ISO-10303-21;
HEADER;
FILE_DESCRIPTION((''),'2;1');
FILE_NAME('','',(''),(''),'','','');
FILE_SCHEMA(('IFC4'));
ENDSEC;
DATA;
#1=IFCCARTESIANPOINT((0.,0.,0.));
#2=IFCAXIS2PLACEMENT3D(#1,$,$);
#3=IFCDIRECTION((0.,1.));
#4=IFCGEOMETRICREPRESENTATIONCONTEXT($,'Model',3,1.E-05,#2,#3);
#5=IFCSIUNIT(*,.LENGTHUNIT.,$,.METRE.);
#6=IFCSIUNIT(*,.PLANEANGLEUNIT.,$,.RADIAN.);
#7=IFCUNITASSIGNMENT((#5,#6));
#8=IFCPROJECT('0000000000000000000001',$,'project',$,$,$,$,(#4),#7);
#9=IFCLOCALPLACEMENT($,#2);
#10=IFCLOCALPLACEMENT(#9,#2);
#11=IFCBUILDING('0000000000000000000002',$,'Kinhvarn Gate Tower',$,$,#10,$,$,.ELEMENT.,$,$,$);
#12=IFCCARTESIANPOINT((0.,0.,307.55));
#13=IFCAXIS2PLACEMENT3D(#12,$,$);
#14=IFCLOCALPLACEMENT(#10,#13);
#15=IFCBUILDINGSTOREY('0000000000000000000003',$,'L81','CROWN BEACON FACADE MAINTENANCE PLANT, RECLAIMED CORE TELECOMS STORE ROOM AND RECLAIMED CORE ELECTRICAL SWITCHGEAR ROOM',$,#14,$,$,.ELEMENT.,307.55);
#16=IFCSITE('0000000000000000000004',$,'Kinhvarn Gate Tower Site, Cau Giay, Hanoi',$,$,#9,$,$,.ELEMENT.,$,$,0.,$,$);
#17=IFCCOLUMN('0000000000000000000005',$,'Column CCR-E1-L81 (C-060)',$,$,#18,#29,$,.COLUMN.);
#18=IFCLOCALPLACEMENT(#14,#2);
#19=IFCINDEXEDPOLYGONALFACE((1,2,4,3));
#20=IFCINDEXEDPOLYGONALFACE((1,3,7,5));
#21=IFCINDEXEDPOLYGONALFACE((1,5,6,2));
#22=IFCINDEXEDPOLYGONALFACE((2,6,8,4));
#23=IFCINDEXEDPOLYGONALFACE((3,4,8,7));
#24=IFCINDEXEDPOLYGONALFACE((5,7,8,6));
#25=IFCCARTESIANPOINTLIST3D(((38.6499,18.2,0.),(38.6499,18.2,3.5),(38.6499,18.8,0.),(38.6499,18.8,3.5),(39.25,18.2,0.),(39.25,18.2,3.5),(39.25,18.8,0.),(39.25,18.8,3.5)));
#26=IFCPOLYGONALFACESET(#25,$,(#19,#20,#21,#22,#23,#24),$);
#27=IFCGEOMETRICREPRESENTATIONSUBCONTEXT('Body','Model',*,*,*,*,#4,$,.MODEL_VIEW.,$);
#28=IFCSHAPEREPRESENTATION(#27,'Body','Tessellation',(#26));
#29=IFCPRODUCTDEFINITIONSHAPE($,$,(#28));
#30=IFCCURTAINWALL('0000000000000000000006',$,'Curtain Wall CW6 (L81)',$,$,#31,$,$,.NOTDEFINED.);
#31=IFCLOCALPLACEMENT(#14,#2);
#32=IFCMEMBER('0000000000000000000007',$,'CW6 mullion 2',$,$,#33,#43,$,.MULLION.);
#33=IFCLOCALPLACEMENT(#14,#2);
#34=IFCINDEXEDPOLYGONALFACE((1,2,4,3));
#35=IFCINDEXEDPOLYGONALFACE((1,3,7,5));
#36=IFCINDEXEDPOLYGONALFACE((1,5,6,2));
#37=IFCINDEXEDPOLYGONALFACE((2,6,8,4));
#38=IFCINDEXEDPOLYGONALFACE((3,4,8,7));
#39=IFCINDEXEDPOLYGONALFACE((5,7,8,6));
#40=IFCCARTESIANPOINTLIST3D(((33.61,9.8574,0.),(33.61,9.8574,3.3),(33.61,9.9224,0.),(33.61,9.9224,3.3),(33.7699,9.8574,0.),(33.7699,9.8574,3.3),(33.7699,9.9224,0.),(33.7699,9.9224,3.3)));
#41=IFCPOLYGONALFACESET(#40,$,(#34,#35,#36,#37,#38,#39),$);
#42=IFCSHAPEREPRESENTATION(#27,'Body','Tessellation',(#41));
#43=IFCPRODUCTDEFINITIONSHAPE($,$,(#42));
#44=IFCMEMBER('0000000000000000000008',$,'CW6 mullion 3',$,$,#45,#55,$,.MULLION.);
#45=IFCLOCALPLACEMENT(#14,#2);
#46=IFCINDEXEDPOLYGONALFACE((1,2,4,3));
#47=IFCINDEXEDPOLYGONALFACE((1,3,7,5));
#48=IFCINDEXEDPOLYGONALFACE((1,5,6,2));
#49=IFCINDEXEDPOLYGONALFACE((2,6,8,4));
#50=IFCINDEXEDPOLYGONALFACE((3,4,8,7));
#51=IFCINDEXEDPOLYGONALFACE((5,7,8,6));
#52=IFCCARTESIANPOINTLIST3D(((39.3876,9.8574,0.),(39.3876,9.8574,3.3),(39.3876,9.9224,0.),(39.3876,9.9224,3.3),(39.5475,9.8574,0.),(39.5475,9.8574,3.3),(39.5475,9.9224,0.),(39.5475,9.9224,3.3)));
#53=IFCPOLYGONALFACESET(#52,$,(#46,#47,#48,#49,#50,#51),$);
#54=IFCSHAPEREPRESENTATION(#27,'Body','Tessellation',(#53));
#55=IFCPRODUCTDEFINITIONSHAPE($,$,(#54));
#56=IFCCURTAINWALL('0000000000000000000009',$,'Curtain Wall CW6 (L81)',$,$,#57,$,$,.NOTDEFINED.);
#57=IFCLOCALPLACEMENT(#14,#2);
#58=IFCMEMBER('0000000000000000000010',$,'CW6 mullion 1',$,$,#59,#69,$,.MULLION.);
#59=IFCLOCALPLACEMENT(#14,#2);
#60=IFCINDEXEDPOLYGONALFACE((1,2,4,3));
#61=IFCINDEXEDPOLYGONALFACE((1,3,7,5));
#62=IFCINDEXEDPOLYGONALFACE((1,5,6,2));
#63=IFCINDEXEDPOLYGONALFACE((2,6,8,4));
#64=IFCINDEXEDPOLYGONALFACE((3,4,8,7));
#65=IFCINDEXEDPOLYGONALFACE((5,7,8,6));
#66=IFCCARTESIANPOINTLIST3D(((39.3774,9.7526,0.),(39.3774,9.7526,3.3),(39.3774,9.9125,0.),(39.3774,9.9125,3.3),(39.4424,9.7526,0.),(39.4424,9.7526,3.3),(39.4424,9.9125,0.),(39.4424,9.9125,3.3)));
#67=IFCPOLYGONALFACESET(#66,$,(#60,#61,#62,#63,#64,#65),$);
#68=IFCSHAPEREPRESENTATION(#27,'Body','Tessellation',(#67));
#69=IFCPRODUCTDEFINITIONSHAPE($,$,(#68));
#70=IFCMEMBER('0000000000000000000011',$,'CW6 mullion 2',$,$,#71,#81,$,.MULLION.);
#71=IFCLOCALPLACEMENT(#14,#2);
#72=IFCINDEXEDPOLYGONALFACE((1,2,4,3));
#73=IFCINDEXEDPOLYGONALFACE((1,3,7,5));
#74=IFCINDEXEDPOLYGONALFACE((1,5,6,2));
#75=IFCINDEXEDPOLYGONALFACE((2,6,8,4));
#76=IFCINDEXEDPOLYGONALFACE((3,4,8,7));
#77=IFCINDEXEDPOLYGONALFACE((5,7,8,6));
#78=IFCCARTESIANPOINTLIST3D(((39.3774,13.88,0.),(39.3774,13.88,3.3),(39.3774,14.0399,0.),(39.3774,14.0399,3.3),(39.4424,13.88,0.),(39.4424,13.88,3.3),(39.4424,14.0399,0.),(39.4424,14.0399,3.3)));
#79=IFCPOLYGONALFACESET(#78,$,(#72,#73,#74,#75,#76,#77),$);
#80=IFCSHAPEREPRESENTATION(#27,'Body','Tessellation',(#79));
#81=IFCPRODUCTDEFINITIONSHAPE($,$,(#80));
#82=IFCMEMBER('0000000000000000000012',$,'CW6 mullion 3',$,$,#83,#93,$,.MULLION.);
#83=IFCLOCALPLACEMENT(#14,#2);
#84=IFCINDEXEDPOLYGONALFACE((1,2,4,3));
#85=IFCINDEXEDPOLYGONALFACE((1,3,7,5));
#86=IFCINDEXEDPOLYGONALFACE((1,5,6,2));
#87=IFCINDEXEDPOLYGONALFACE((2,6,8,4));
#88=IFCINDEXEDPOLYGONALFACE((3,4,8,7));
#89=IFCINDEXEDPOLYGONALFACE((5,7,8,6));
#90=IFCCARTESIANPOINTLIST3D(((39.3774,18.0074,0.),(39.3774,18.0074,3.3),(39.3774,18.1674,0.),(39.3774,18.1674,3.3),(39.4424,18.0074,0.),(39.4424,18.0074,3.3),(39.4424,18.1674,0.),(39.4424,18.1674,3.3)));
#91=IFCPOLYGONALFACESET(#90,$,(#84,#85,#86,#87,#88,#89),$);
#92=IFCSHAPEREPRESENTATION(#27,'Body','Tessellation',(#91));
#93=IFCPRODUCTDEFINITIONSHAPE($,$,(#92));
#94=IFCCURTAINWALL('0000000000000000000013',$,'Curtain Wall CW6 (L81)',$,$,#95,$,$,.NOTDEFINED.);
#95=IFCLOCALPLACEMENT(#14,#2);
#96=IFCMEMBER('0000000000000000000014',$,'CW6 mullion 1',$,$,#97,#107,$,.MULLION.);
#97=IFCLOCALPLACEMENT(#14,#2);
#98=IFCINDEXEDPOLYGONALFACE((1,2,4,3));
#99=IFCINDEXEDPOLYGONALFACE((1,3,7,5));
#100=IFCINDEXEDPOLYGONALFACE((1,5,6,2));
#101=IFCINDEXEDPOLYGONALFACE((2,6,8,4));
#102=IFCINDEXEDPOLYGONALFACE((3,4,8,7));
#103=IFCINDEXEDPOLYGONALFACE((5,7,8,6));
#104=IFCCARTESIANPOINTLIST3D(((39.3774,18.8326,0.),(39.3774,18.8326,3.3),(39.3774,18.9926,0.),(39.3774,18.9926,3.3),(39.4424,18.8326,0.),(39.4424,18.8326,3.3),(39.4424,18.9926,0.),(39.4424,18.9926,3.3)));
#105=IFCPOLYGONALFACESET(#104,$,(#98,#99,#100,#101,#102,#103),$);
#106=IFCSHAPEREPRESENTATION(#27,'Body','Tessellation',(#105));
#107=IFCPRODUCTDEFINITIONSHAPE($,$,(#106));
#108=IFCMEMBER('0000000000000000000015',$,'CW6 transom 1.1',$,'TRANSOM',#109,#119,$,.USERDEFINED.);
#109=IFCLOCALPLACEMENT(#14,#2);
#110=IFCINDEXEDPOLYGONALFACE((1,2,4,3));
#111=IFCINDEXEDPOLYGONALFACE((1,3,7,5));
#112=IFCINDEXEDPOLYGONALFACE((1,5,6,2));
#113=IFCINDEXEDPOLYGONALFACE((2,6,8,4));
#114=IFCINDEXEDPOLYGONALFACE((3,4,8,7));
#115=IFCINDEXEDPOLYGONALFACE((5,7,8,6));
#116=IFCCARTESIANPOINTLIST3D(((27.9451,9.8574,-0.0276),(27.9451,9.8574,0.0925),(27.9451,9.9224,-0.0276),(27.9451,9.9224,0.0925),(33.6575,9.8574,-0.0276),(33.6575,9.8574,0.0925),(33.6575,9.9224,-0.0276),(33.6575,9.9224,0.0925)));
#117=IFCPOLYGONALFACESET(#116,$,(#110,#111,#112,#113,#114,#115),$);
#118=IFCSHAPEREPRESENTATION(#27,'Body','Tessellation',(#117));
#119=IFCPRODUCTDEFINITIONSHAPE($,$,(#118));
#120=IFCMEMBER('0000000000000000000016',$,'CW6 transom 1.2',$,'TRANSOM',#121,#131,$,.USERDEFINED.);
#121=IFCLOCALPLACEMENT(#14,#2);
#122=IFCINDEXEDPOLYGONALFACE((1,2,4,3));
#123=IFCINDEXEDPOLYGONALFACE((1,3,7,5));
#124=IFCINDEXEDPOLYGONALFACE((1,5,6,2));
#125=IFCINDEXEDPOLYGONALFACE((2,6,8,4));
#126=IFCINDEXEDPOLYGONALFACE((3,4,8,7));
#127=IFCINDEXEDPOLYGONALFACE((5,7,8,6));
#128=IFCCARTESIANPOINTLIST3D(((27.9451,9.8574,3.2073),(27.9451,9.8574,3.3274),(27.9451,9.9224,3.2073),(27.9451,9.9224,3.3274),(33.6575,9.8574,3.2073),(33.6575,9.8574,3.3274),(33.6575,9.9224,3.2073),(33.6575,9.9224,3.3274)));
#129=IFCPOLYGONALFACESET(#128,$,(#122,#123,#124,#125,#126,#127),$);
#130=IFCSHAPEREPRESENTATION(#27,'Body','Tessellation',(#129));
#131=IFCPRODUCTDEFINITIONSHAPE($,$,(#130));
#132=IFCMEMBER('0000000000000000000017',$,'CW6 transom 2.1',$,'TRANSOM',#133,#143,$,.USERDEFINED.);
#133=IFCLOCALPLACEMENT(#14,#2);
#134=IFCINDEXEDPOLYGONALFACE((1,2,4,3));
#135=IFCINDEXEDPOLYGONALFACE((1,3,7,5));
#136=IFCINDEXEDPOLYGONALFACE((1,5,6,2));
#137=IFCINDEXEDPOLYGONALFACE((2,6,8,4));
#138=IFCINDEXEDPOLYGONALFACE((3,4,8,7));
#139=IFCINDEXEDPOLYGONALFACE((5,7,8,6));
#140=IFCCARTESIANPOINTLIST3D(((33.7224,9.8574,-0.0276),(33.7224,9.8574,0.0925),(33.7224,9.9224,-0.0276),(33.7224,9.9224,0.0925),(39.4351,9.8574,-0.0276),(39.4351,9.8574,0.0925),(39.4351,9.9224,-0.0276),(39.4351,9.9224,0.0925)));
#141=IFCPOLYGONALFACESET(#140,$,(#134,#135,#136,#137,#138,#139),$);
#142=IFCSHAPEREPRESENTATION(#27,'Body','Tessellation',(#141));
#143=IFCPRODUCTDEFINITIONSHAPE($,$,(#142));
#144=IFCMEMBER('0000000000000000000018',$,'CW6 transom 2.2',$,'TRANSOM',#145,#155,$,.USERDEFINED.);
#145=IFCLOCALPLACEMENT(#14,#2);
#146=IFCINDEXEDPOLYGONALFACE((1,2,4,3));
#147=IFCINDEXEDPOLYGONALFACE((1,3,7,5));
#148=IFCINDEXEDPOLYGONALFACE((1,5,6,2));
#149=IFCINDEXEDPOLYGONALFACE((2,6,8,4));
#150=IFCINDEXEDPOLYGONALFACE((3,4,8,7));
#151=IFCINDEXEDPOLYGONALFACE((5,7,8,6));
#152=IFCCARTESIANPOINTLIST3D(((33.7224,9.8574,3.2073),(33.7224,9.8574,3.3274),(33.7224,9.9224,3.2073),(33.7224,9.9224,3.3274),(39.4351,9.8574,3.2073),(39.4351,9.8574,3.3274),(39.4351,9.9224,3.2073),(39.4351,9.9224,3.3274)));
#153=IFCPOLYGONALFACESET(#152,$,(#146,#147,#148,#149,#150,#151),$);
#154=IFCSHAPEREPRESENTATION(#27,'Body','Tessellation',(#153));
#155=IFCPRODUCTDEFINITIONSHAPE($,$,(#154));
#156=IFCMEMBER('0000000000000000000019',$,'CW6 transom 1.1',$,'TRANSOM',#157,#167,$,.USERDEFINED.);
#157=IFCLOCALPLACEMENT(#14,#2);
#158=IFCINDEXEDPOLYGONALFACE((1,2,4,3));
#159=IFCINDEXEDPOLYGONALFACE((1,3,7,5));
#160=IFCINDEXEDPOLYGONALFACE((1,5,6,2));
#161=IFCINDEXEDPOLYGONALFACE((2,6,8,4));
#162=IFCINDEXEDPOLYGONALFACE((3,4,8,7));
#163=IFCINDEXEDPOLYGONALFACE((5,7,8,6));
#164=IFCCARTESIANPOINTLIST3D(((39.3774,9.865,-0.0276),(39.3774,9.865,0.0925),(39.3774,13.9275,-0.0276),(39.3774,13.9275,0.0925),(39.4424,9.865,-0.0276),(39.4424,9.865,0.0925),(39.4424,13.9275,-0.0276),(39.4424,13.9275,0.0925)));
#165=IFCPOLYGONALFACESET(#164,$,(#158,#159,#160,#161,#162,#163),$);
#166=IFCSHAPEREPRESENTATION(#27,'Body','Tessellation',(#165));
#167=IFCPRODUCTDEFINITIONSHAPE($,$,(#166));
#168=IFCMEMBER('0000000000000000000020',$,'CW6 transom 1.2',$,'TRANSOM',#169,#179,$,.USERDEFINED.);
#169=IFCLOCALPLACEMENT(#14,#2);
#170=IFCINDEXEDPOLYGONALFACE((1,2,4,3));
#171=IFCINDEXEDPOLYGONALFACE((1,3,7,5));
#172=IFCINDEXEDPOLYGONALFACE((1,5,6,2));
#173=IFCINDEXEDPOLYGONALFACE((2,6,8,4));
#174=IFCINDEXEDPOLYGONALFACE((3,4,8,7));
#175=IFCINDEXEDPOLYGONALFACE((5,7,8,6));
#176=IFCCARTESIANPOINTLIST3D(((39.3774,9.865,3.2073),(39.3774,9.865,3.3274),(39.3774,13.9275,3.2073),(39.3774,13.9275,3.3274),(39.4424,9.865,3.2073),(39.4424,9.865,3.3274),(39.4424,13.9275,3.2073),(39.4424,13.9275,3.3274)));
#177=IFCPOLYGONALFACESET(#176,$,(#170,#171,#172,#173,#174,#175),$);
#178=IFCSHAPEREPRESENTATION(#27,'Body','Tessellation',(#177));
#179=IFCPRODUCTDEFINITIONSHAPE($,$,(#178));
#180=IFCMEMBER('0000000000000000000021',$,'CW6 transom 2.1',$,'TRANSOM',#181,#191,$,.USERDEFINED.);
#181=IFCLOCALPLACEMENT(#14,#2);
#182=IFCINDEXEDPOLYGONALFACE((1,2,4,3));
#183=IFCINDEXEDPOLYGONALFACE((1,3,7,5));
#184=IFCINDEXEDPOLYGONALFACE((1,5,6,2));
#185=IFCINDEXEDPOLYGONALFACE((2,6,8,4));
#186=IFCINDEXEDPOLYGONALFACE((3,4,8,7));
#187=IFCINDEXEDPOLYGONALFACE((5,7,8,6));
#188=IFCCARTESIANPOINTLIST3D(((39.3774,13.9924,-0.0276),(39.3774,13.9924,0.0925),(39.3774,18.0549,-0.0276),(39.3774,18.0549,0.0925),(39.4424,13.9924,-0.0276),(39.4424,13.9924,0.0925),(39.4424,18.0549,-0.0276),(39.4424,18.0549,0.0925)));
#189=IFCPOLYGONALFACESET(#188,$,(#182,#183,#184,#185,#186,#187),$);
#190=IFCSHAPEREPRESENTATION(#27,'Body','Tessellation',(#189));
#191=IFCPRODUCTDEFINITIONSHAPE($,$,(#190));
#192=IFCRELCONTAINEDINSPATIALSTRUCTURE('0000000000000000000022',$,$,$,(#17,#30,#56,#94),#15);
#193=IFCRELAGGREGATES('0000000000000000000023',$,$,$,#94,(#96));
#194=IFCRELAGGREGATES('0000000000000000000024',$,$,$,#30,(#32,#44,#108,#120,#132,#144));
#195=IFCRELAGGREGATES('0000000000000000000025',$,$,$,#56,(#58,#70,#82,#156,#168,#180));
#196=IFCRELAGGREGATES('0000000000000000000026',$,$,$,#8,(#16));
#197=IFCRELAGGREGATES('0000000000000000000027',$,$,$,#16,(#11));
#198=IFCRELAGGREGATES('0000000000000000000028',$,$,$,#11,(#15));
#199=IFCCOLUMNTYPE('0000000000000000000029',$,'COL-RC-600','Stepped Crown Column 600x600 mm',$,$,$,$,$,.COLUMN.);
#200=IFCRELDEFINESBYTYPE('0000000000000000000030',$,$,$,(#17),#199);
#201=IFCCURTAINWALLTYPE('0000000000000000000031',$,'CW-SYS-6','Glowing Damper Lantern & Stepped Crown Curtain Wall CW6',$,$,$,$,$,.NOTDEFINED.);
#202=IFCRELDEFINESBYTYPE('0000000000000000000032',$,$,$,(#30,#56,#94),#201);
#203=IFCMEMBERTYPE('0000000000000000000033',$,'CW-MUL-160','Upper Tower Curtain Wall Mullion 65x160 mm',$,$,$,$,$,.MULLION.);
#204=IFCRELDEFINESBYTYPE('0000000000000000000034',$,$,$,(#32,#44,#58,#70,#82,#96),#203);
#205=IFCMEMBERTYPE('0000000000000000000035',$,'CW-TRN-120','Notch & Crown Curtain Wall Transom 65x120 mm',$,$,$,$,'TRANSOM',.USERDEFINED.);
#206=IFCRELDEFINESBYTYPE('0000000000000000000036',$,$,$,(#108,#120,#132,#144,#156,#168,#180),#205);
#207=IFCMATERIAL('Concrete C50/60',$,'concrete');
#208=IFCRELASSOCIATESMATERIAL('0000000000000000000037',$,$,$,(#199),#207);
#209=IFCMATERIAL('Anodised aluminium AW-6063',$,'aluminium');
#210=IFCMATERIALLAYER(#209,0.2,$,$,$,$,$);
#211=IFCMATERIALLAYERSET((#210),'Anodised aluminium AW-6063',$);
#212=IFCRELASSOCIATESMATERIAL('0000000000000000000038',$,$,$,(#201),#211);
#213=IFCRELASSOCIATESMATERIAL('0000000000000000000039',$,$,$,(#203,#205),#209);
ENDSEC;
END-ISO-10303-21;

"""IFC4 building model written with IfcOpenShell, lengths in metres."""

from ifc_helpers import new_model, si_unit, direction, frame, origin, origin_2d, place, context, subcontext, project, spatial, rectangle, extrude, material, layer, layer_set, material_profile, profile_set, type_object, element, aggregate, save


model = new_model("IFC4")

# Units and contexts
model_context = context("Model", 3, precision=1e-05, world=origin(), true_north=direction((0.0, 1.0)))
body_context = subcontext(model_context, "Body", "Model", "MODEL_VIEW")
ifc_project = project(units=[si_unit("LENGTHUNIT", "METRE"), si_unit("PLANEANGLEUNIT", "RADIAN")], contexts=[model_context])

# Site, building, storey
site_placement = place(None, origin())
site = spatial("IfcSite", under=ifc_project, at=site_placement, Name="Kinhvarn Gate Tower Site, Cau Giay, Hanoi", CompositionType="ELEMENT", RefElevation=0.0)
building_placement = place(site_placement, origin())
building = spatial("IfcBuilding", under=site, at=building_placement, Name="Kinhvarn Gate Tower", CompositionType="ELEMENT")
storey_placement = place(building_placement, frame((0.0, 0.0, 307.55)))
storey = spatial("IfcBuildingStorey", under=building, at=storey_placement, Name="L81", Description="CROWN BEACON FACADE MAINTENANCE PLANT, RECLAIMED CORE TELECOMS STORE ROOM AND RECLAIMED CORE ELECTRICAL SWITCHGEAR ROOM", CompositionType="ELEMENT", Elevation=307.55)

# Column
ifc_material_1 = material(Name="Concrete C50/60", Category="concrete")
ifc_material_profile_1 = material_profile(ifc_material_1, rectangle(XDim=0.6001, YDim=0.6001, at=origin_2d()), Name="RC 600x600")
ifc_profile_set_1 = profile_set([ifc_material_profile_1], Name="Concrete C50/60")
column_type = type_object("IfcColumnType", Name="COL-RC-600", Description="Stepped Crown Column 600x600 mm", PredefinedType="COLUMN", material=ifc_profile_set_1)
column_placement = place(storey_placement, frame((38.95, 18.5, 0.0), z_axis=(0.0, 0.0, 1.0), x_axis=(1.0, 0.0, 0.0)))
element("IfcColumn", 1, at=column_placement, inside=storey, type_object=column_type, Name="Column CCR-E1-L81 (C-060)", PredefinedType="COLUMN", context=body_context, shape_type="SweptSolid", body=[
    extrude(rectangle(XDim=0.6001, YDim=0.6001, at=origin_2d()), origin(), (0.0, 0.0, 1.0), 3.5),
])

# Curtain walls, members
ifc_material_2 = material(Name="Anodised aluminium AW-6063", Category="aluminium")
ifc_layer_1 = layer(ifc_material_2, 0.2)
ifc_layer_set_1 = layer_set([ifc_layer_1], Name="Anodised aluminium AW-6063")
curtain_wall_type = type_object("IfcCurtainWallType", Name="CW-SYS-6", Description="Glowing Damper Lantern & Stepped Crown Curtain Wall CW6", PredefinedType="NOTDEFINED", material=ifc_layer_set_1)
curtain_wall_1_placement = place(storey_placement, origin())
curtain_wall_1 = element("IfcCurtainWall", 2, at=curtain_wall_1_placement, inside=storey, type_object=curtain_wall_type, Name="Curtain Wall CW6 (L81)", PredefinedType="NOTDEFINED")
ifc_material_profile_2 = material_profile(ifc_material_2, rectangle(XDim=0.0649, YDim=0.1599, at=origin_2d()), Name="ALU 65x160")
ifc_profile_set_2 = profile_set([ifc_material_profile_2], Name="Anodised aluminium AW-6063")
member_type_1 = type_object("IfcMemberType", Name="CW-MUL-160", Description="Upper Tower Curtain Wall Mullion 65x160 mm", PredefinedType="MULLION", material=ifc_profile_set_2)
member_1_placement = place(storey_placement, frame((33.6899, 9.8899, 0.0), z_axis=(0.0, 0.0, 1.0), x_axis=(0.0, 1.0, 0.0)))
member_1 = element("IfcMember", 3, at=member_1_placement, type_object=member_type_1, Name="CW6 mullion 2", PredefinedType="MULLION", context=body_context, shape_type="SweptSolid", body=[
    extrude(rectangle(XDim=0.0649, YDim=0.1599, at=origin_2d()), origin(), (0.0, 0.0, 1.0), 3.3),
])
member_2_placement = place(storey_placement, frame((39.4675, 9.8899, 0.0), z_axis=(0.0, 0.0, 1.0), x_axis=(0.0, 1.0, 0.0)))
member_2 = element("IfcMember", 4, at=member_2_placement, type_object=member_type_1, Name="CW6 mullion 3", PredefinedType="MULLION", context=body_context, shape_type="SweptSolid", body=[
    extrude(rectangle(XDim=0.0649, YDim=0.1599, at=origin_2d()), origin(), (0.0, 0.0, 1.0), 3.3),
])
curtain_wall_2_placement = place(storey_placement, origin())
curtain_wall_2 = element("IfcCurtainWall", 5, at=curtain_wall_2_placement, inside=storey, type_object=curtain_wall_type, Name="Curtain Wall CW6 (L81)", PredefinedType="NOTDEFINED")
member_3_placement = place(storey_placement, frame((39.4099, 9.8325, 0.0), z_axis=(0.0, 0.0, 1.0), x_axis=(-1.0, 0.0, 0.0)))
member_3 = element("IfcMember", 6, at=member_3_placement, type_object=member_type_1, Name="CW6 mullion 1", PredefinedType="MULLION", context=body_context, shape_type="SweptSolid", body=[
    extrude(rectangle(XDim=0.0649, YDim=0.1599, at=origin_2d()), origin(), (0.0, 0.0, 1.0), 3.3),
])
member_4_placement = place(storey_placement, frame((39.4099, 13.96, 0.0), z_axis=(0.0, 0.0, 1.0), x_axis=(-1.0, 0.0, 0.0)))
member_4 = element("IfcMember", 7, at=member_4_placement, type_object=member_type_1, Name="CW6 mullion 2", PredefinedType="MULLION", context=body_context, shape_type="SweptSolid", body=[
    extrude(rectangle(XDim=0.0649, YDim=0.1599, at=origin_2d()), origin(), (0.0, 0.0, 1.0), 3.3),
])
member_5_placement = place(storey_placement, frame((39.4099, 18.0874, 0.0), z_axis=(0.0, 0.0, 1.0), x_axis=(-1.0, 0.0, 0.0)))
member_5 = element("IfcMember", 8, at=member_5_placement, type_object=member_type_1, Name="CW6 mullion 3", PredefinedType="MULLION", context=body_context, shape_type="SweptSolid", body=[
    extrude(rectangle(XDim=0.0649, YDim=0.1599, at=origin_2d()), origin(), (0.0, 0.0, 1.0), 3.3),
])

# Curtain wall, member
curtain_wall_3_placement = place(storey_placement, origin())
curtain_wall_3 = element("IfcCurtainWall", 9, at=curtain_wall_3_placement, inside=storey, type_object=curtain_wall_type, Name="Curtain Wall CW6 (L81)", PredefinedType="NOTDEFINED")
member_6_placement = place(storey_placement, frame((39.4099, 18.9126, 0.0), z_axis=(0.0, 0.0, 1.0), x_axis=(-1.0, 0.0, 0.0)))
member_6 = element("IfcMember", 10, at=member_6_placement, type_object=member_type_1, Name="CW6 mullion 1", PredefinedType="MULLION", context=body_context, shape_type="SweptSolid", body=[
    extrude(rectangle(XDim=0.0649, YDim=0.1599, at=origin_2d()), origin(), (0.0, 0.0, 1.0), 3.3),
])
aggregate(curtain_wall_3, [member_6])

# Members
ifc_material_profile_3 = material_profile(ifc_material_2, rectangle(XDim=0.0649, YDim=0.1201, at=origin_2d()), Name="ALU 65x120")
ifc_profile_set_3 = profile_set([ifc_material_profile_3], Name="Anodised aluminium AW-6063")
member_type_2 = type_object("IfcMemberType", Name="CW-TRN-120", Description="Notch & Crown Curtain Wall Transom 65x120 mm", ElementType="TRANSOM", PredefinedType="USERDEFINED", material=ifc_profile_set_3)
member_7_placement = place(storey_placement, frame((27.9451, 9.8899, 0.0325), z_axis=(1.0, 0.0, 0.0), x_axis=(0.0, 1.0, 0.0)))
member_7 = element("IfcMember", 11, at=member_7_placement, type_object=member_type_2, Name="CW6 transom 1.1", ObjectType="TRANSOM", PredefinedType="USERDEFINED", context=body_context, shape_type="SweptSolid", body=[
    extrude(rectangle(XDim=0.0649, YDim=0.1201, at=origin_2d()), origin(), (0.0, 0.0, 1.0), 5.7124),
])
member_8_placement = place(storey_placement, frame((27.9451, 9.8899, 3.2673), z_axis=(1.0, 0.0, 0.0), x_axis=(0.0, 1.0, 0.0)))
member_8 = element("IfcMember", 12, at=member_8_placement, type_object=member_type_2, Name="CW6 transom 1.2", ObjectType="TRANSOM", PredefinedType="USERDEFINED", context=body_context, shape_type="SweptSolid", body=[
    extrude(rectangle(XDim=0.0649, YDim=0.1201, at=origin_2d()), origin(), (0.0, 0.0, 1.0), 5.7124),
])
member_9_placement = place(storey_placement, frame((33.7224, 9.8899, 0.0325), z_axis=(1.0, 0.0, 0.0), x_axis=(0.0, 1.0, 0.0)))
member_9 = element("IfcMember", 13, at=member_9_placement, type_object=member_type_2, Name="CW6 transom 2.1", ObjectType="TRANSOM", PredefinedType="USERDEFINED", context=body_context, shape_type="SweptSolid", body=[
    extrude(rectangle(XDim=0.0649, YDim=0.1201, at=origin_2d()), origin(), (0.0, 0.0, 1.0), 5.7126),
])
member_10_placement = place(storey_placement, frame((33.7224, 9.8899, 3.2673), z_axis=(1.0, 0.0, 0.0), x_axis=(0.0, 1.0, 0.0)))
member_10 = element("IfcMember", 14, at=member_10_placement, type_object=member_type_2, Name="CW6 transom 2.2", ObjectType="TRANSOM", PredefinedType="USERDEFINED", context=body_context, shape_type="SweptSolid", body=[
    extrude(rectangle(XDim=0.0649, YDim=0.1201, at=origin_2d()), origin(), (0.0, 0.0, 1.0), 5.7126),
])
member_11_placement = place(storey_placement, frame((39.4099, 9.865, 0.0325), z_axis=(0.0, 1.0, 0.0), x_axis=(-1.0, 0.0, 0.0)))
member_11 = element("IfcMember", 15, at=member_11_placement, type_object=member_type_2, Name="CW6 transom 1.1", ObjectType="TRANSOM", PredefinedType="USERDEFINED", context=body_context, shape_type="SweptSolid", body=[
    extrude(rectangle(XDim=0.0649, YDim=0.1201, at=origin_2d()), origin(), (0.0, 0.0, 1.0), 4.0625),
])
member_12_placement = place(storey_placement, frame((39.4099, 9.865, 3.2673), z_axis=(0.0, 1.0, 0.0), x_axis=(-1.0, 0.0, 0.0)))
member_12 = element("IfcMember", 16, at=member_12_placement, type_object=member_type_2, Name="CW6 transom 1.2", ObjectType="TRANSOM", PredefinedType="USERDEFINED", context=body_context, shape_type="SweptSolid", body=[
    extrude(rectangle(XDim=0.0649, YDim=0.1201, at=origin_2d()), origin(), (0.0, 0.0, 1.0), 4.0625),
])
member_13_placement = place(storey_placement, frame((39.4099, 13.9924, 0.0325), z_axis=(0.0, 1.0, 0.0), x_axis=(-1.0, 0.0, 0.0)))
member_13 = element("IfcMember", 17, at=member_13_placement, type_object=member_type_2, Name="CW6 transom 2.1", ObjectType="TRANSOM", PredefinedType="USERDEFINED", context=body_context, shape_type="SweptSolid", body=[
    extrude(rectangle(XDim=0.0649, YDim=0.1201, at=origin_2d()), origin(), (0.0, 0.0, 1.0), 4.0625),
])

aggregate(curtain_wall_1, [member_1, member_2, member_7, member_8, member_9, member_10])
aggregate(curtain_wall_2, [member_3, member_4, member_5, member_11, member_12, member_13])

save(model, "model.ifc")
